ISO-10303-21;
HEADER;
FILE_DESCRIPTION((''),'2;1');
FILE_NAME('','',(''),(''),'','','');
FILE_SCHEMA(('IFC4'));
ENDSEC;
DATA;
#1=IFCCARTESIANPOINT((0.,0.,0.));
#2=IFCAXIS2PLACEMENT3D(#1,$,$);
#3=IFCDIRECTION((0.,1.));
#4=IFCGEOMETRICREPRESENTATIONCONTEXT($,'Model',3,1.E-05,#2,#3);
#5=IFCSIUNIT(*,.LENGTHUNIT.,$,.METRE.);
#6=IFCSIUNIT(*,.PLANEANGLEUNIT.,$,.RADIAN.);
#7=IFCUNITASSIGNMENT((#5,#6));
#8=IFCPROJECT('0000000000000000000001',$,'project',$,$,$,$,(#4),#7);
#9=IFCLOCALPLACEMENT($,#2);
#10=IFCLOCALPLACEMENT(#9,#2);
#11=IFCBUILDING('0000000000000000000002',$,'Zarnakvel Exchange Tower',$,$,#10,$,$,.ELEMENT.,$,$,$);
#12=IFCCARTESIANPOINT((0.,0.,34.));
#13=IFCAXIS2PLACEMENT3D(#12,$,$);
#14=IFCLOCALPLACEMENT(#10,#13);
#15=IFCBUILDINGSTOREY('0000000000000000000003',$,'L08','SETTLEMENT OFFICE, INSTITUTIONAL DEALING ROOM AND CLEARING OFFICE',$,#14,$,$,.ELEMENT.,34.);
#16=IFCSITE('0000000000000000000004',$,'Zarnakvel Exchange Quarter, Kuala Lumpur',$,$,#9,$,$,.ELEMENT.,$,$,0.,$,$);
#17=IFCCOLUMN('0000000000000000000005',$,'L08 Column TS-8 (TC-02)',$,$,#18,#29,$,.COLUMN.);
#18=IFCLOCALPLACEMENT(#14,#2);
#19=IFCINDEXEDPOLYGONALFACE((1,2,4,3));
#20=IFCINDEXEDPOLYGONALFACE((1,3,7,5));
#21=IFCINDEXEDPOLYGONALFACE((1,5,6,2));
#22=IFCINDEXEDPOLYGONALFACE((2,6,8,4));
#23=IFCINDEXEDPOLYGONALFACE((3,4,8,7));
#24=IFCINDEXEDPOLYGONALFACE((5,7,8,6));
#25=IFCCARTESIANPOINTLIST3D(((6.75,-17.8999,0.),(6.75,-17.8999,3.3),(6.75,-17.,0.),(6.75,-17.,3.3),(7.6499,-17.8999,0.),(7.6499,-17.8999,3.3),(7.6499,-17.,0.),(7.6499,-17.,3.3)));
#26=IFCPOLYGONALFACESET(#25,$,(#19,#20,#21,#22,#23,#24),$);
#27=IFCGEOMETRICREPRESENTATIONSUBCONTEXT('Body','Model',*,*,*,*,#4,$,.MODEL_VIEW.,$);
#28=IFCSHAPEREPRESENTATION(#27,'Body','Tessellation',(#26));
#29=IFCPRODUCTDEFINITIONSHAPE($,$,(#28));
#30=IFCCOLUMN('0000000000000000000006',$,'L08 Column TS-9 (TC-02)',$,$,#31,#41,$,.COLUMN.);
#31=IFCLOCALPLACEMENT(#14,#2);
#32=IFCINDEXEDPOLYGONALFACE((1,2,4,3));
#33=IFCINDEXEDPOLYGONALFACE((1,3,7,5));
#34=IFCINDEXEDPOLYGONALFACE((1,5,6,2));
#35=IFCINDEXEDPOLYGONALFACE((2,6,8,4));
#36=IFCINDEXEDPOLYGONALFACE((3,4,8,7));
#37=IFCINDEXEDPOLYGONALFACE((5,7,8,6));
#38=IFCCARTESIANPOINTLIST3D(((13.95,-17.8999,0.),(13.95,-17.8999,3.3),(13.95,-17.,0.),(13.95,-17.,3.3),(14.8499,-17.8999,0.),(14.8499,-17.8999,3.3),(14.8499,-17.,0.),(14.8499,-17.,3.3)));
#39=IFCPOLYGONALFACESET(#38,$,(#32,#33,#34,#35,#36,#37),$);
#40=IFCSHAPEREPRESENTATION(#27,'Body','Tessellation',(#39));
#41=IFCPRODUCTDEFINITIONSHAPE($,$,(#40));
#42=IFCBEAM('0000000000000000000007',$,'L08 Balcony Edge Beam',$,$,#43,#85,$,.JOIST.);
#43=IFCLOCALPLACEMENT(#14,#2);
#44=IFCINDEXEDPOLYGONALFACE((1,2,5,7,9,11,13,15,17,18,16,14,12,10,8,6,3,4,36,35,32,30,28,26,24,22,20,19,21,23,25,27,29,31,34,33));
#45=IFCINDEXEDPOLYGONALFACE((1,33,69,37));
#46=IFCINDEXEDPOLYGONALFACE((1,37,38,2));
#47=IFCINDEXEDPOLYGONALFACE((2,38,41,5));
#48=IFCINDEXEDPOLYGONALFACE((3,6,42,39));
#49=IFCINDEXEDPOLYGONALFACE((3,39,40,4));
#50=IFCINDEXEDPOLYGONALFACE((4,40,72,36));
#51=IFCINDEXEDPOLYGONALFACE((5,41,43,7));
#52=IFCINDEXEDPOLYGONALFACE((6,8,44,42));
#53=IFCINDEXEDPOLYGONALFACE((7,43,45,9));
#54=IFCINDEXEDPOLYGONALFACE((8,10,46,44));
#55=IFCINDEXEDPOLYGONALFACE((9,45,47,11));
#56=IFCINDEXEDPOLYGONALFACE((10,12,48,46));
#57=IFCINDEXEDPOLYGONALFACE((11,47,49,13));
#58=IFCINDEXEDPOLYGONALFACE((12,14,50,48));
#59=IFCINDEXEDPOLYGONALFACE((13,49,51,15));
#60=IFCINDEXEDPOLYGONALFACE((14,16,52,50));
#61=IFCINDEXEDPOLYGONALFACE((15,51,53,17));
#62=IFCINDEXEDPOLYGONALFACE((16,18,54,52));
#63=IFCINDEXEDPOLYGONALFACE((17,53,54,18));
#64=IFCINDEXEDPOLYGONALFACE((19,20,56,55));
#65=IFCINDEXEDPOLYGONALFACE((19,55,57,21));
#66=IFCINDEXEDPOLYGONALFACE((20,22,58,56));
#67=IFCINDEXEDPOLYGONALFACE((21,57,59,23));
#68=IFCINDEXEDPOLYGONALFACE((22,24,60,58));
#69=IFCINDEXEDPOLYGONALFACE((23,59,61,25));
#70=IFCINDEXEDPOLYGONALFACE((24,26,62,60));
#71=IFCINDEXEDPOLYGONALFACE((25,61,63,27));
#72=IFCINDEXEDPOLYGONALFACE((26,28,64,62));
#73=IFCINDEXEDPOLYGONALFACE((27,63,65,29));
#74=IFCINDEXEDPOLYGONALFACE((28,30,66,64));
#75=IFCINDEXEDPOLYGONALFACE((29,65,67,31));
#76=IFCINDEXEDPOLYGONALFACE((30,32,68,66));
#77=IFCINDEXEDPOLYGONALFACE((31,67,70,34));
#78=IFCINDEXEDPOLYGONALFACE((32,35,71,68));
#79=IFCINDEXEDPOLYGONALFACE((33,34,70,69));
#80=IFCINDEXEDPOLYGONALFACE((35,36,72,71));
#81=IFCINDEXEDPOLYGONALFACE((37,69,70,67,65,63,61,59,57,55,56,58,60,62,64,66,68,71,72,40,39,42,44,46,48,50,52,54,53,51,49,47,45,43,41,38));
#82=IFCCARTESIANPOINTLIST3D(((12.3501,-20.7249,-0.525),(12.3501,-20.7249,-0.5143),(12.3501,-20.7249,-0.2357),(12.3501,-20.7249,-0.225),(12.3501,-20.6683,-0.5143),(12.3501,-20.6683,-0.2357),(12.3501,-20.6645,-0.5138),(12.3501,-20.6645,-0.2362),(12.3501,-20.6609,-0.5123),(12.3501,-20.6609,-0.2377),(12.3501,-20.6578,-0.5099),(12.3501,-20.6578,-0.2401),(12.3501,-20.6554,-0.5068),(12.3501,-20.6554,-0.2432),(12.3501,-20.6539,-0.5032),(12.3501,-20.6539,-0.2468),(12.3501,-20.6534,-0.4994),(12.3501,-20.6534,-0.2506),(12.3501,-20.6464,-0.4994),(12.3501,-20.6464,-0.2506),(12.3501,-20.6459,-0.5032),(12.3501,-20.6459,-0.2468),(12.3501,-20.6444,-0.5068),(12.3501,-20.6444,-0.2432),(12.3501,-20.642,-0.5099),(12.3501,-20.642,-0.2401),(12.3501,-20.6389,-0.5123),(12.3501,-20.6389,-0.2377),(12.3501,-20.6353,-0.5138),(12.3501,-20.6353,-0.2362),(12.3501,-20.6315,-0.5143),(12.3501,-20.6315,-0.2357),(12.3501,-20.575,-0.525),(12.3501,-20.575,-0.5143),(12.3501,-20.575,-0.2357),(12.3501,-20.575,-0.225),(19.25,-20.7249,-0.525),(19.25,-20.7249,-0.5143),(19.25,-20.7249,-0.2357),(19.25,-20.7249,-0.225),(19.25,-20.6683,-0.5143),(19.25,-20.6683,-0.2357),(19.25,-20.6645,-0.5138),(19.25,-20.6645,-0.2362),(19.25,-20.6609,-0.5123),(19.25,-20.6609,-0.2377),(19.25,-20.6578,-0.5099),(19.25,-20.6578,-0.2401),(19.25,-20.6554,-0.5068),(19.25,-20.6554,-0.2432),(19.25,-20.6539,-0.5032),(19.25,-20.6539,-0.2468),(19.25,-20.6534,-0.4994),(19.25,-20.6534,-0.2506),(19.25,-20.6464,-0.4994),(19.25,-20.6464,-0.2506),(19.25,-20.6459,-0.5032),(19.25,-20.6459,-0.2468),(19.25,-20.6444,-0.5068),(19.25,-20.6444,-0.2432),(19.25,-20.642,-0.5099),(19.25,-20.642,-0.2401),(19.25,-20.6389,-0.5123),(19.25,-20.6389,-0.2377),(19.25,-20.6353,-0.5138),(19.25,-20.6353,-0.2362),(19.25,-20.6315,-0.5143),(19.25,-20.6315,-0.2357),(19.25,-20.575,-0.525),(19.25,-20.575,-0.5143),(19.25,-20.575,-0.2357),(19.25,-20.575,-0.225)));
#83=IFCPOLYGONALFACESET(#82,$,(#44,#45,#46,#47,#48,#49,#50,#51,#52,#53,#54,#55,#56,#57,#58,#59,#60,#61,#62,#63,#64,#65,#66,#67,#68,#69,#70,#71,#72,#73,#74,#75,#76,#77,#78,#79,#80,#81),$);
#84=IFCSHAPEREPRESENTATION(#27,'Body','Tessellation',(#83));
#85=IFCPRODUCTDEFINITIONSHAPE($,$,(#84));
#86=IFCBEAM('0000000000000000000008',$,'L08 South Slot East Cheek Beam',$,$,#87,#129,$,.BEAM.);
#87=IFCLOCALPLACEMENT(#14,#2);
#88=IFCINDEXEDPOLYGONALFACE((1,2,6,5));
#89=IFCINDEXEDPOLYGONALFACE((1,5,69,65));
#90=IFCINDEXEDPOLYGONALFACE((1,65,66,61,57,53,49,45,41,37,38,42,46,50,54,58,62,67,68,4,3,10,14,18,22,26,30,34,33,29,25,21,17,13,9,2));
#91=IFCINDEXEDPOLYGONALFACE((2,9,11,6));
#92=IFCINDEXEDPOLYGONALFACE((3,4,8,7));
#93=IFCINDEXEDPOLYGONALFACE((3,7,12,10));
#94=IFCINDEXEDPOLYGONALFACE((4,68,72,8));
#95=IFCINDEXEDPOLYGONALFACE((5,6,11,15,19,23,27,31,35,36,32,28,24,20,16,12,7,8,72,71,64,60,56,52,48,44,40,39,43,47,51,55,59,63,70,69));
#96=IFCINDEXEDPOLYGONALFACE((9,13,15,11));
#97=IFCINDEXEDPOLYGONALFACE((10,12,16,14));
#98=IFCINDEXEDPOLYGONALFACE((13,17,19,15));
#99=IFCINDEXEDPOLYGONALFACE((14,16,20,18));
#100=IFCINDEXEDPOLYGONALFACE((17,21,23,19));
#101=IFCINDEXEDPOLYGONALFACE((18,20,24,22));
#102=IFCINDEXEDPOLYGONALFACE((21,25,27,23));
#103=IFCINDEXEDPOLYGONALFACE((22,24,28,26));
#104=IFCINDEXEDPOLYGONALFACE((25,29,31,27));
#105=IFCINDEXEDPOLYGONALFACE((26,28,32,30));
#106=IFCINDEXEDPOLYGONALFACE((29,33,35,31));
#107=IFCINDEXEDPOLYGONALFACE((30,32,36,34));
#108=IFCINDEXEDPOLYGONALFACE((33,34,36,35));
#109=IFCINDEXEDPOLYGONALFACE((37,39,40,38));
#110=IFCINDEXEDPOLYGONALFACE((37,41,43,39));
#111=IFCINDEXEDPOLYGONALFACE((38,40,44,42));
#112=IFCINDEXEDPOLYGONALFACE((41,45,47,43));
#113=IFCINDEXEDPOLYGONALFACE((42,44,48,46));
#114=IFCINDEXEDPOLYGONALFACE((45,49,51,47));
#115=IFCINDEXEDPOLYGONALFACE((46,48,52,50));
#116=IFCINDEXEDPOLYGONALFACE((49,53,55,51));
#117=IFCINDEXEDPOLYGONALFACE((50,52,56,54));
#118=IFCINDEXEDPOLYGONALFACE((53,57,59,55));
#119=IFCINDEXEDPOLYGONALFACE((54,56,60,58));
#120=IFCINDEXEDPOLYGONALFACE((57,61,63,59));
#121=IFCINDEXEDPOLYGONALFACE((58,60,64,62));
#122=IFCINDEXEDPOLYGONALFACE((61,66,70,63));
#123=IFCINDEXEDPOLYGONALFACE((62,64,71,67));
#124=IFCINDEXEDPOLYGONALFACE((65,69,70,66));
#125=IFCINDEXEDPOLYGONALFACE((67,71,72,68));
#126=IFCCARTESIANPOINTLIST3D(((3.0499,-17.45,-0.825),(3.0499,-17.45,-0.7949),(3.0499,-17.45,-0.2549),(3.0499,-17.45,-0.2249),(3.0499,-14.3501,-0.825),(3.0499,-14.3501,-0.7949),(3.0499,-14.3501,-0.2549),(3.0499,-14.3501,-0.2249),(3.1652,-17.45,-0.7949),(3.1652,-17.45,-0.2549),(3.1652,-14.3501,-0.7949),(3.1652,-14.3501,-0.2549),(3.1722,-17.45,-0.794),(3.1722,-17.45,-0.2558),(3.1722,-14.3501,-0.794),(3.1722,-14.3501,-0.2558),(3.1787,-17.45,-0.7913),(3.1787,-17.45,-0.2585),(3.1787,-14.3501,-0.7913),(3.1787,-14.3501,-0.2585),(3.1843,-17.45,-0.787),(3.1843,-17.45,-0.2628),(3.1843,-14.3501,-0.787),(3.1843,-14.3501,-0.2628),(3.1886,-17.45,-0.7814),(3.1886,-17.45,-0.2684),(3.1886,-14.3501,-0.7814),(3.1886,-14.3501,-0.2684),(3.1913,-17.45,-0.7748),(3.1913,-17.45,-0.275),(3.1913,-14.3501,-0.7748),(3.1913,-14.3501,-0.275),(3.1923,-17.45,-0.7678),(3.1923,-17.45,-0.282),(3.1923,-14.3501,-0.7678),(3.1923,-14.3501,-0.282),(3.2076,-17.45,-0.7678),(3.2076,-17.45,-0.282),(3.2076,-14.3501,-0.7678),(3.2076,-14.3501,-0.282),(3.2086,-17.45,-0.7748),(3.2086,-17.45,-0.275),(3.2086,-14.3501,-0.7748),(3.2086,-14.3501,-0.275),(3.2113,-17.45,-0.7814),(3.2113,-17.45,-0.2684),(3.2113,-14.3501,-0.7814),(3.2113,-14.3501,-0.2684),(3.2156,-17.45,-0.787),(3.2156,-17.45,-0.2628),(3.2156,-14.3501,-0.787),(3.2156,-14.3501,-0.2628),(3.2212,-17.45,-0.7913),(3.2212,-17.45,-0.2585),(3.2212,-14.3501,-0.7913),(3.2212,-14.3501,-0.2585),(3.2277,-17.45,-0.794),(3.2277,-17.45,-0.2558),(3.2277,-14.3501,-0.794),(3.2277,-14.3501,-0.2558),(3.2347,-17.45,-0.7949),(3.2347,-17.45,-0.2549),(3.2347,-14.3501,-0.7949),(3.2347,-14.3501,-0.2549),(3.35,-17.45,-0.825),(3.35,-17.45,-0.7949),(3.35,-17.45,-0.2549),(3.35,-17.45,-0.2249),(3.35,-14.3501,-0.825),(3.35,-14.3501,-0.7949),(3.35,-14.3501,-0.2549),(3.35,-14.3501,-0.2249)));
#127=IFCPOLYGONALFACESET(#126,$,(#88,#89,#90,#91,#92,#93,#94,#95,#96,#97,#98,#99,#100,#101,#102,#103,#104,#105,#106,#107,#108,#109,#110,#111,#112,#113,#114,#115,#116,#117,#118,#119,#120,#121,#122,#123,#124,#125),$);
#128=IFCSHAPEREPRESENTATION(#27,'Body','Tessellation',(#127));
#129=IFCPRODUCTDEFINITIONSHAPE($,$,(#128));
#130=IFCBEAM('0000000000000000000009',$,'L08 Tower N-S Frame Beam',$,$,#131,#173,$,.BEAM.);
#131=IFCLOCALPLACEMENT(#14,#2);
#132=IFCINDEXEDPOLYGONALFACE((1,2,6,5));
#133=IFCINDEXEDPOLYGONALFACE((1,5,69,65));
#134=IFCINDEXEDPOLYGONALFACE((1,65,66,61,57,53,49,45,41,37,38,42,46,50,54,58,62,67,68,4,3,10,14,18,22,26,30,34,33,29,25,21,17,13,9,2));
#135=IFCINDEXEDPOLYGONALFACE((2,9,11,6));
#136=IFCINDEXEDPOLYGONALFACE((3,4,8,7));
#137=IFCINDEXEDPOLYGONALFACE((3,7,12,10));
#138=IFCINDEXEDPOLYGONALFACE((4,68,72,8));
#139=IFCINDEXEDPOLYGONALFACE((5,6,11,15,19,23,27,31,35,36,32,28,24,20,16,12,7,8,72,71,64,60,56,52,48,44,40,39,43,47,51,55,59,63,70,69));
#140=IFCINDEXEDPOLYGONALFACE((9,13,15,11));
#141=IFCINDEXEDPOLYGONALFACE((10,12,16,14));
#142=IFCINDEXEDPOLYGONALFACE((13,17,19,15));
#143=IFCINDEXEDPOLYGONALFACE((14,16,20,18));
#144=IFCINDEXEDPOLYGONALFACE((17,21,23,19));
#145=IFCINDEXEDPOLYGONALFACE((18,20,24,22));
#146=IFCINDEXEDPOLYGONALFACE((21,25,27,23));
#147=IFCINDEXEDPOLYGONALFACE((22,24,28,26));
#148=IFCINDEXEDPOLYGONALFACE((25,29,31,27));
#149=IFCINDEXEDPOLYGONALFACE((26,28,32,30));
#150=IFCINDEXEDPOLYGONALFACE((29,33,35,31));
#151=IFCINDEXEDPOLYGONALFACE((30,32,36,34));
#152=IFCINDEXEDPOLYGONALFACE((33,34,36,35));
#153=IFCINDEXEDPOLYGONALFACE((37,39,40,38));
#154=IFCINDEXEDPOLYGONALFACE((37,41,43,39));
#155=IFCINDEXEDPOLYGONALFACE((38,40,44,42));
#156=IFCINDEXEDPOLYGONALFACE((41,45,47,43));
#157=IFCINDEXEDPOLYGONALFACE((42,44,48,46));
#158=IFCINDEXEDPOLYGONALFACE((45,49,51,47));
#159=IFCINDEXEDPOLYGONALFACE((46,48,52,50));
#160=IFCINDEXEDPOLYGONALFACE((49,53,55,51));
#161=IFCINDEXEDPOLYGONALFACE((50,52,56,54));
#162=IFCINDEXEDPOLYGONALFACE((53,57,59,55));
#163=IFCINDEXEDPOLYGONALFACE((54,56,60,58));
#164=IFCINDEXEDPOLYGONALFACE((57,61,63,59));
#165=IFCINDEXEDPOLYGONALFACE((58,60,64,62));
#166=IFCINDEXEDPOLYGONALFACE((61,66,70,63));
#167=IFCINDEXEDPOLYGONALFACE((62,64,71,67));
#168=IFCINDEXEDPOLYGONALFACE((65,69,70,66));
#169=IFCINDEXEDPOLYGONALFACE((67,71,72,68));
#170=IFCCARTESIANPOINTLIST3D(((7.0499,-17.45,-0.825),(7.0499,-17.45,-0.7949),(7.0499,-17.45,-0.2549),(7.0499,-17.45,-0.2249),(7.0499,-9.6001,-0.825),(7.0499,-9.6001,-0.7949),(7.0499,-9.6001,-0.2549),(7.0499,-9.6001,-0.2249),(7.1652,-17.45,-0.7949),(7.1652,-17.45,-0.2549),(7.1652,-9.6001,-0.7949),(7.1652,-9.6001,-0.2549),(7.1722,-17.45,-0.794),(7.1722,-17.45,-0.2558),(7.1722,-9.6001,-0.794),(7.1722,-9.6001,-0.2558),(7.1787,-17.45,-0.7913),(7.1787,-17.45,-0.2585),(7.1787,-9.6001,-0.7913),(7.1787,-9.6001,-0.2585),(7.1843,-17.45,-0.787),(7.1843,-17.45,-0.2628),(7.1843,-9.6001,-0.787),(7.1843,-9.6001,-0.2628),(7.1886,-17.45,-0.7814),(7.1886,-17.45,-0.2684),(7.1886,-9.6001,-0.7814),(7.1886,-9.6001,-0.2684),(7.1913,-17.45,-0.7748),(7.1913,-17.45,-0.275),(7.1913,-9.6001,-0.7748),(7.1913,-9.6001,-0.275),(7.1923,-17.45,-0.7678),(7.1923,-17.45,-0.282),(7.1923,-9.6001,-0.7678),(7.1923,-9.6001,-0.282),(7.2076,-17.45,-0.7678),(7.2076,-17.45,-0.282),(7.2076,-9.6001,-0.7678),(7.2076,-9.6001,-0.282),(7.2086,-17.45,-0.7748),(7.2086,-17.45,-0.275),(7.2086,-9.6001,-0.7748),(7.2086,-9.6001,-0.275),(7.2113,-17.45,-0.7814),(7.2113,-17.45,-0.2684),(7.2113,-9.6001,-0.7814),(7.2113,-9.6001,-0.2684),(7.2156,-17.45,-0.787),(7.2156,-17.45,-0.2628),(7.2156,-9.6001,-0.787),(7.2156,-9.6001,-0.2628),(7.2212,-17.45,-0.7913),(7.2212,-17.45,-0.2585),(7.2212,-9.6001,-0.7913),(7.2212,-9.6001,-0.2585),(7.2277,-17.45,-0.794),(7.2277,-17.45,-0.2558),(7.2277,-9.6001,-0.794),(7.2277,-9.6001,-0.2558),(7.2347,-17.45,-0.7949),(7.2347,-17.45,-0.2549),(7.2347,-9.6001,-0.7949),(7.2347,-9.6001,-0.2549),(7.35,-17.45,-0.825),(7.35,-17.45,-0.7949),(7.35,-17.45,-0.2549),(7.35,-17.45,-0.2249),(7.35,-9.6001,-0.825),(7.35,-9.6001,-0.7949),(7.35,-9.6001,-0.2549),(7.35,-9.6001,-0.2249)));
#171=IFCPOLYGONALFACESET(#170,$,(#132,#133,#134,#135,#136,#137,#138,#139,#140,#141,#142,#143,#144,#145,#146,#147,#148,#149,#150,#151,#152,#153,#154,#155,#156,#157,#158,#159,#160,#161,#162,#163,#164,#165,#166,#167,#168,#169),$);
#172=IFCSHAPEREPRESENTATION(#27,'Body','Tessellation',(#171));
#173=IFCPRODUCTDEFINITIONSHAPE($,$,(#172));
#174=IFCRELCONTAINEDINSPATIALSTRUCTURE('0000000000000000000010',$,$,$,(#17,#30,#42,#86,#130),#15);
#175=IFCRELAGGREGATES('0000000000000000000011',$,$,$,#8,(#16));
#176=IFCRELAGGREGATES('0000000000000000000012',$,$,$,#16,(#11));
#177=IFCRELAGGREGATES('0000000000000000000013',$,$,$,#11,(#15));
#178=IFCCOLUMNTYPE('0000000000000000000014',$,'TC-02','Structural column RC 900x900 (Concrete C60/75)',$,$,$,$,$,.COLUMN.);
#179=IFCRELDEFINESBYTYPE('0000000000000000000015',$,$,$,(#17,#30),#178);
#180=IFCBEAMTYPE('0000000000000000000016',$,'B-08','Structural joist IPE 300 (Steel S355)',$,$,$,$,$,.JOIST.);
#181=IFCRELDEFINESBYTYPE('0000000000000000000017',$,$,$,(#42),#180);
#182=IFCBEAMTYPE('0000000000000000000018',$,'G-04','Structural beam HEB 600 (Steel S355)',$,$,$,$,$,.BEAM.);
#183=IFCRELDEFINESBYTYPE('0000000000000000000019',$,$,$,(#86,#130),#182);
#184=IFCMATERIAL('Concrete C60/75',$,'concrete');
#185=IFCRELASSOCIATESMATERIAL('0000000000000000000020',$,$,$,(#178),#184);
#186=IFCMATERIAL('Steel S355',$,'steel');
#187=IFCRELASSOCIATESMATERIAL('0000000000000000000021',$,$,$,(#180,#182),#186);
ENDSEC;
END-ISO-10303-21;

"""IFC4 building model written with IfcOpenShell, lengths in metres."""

from ifc_helpers import new_model, si_unit, direction, frame, origin, origin_2d, place, context, subcontext, project, spatial, rectangle, i_section, extrude, material, material_profile, profile_set, type_object, element, save


model = new_model("IFC4")

# Units and contexts
model_context = context("Model", 3, precision=1e-05, world=origin(), true_north=direction((0.0, 1.0)))
body_context = subcontext(model_context, "Body", "Model", "MODEL_VIEW")
ifc_project = project(units=[si_unit("LENGTHUNIT", "METRE"), si_unit("PLANEANGLEUNIT", "RADIAN")], contexts=[model_context])

# Site, building, storey
site_placement = place(None, origin())
site = spatial("IfcSite", under=ifc_project, at=site_placement, Name="Zarnakvel Exchange Quarter, Kuala Lumpur", CompositionType="ELEMENT", RefElevation=0.0)
building_placement = place(site_placement, origin())
building = spatial("IfcBuilding", under=site, at=building_placement, Name="Zarnakvel Exchange Tower", CompositionType="ELEMENT")
storey_placement = place(building_placement, frame((0.0, 0.0, 34.0)))
storey = spatial("IfcBuildingStorey", under=building, at=storey_placement, Name="L08", Description="SETTLEMENT OFFICE, INSTITUTIONAL DEALING ROOM AND CLEARING OFFICE", CompositionType="ELEMENT", Elevation=34.0)

# Columns
ifc_material_1 = material(Name="Concrete C60/75", Category="concrete")
ifc_material_profile_1 = material_profile(ifc_material_1, rectangle(XDim=0.8999, YDim=0.8999, at=origin_2d()))
ifc_profile_set_1 = profile_set([ifc_material_profile_1], Name="Concrete C60/75")
column_type = type_object("IfcColumnType", Name="TC-02", Description="Structural column RC 900x900 (Concrete C60/75)", PredefinedType="COLUMN", material=ifc_profile_set_1)
for number, where, z_axis, x_axis, name in (
    (1, (7.2, -17.45, 0.0), (0.0, 0.0, 1.0), (1.0, 0.0, 0.0), "L08 Column TS-8 (TC-02)"),
    (2, (14.3999, -17.45, 0.0), (0.0, 0.0, 1.0), (1.0, 0.0, 0.0), "L08 Column TS-9 (TC-02)"),
):
    element("IfcColumn", number, at=place(storey_placement, frame(where, z_axis=z_axis, x_axis=x_axis)), inside=storey, type_object=column_type, Name=name, PredefinedType="COLUMN", context=body_context, shape_type="SweptSolid", body=[
        extrude(rectangle(XDim=0.8999, YDim=0.8999, at=origin_2d()), origin(), (0.0, 0.0, 1.0), 3.3),
    ])

# Beams
ifc_material_2 = material(Name="Steel S355", Category="steel")
ifc_material_profile_2 = material_profile(ifc_material_2, i_section(OverallWidth=0.1499, OverallDepth=0.3, WebThickness=0.0071, FlangeThickness=0.0107, FilletRadius=0.0149, at=origin_2d()))
ifc_profile_set_2 = profile_set([ifc_material_profile_2], Name="Steel S355")
beam_type_1 = type_object("IfcBeamType", Name="B-08", Description="Structural joist IPE 300 (Steel S355)", PredefinedType="JOIST", material=ifc_profile_set_2)
beam_1_placement = place(storey_placement, frame((12.3501, -20.6499, -0.375), z_axis=(1.0, 0.0, 0.0), x_axis=(0.0, 1.0, 0.0)))
element("IfcBeam", 3, at=beam_1_placement, inside=storey, type_object=beam_type_1, Name="L08 Balcony Edge Beam", PredefinedType="JOIST", context=body_context, shape_type="SweptSolid", body=[
    extrude(i_section(OverallWidth=0.1499, OverallDepth=0.3, WebThickness=0.0071, FlangeThickness=0.0107, FilletRadius=0.0149, at=origin_2d()), origin(), (0.0, 0.0, 1.0), 6.8999),
])
ifc_material_profile_3 = material_profile(ifc_material_2, i_section(OverallWidth=0.3, OverallDepth=0.6001, WebThickness=0.0154, FlangeThickness=0.03, FilletRadius=0.0271, at=origin_2d()))
ifc_profile_set_3 = profile_set([ifc_material_profile_3], Name="Steel S355")
beam_type_2 = type_object("IfcBeamType", Name="G-04", Description="Structural beam HEB 600 (Steel S355)", PredefinedType="BEAM", material=ifc_profile_set_3)
beam_2_placement = place(storey_placement, frame((3.2, -17.45, -0.5249), z_axis=(0.0, 1.0, 0.0), x_axis=(-1.0, 0.0, 0.0)))
element("IfcBeam", 4, at=beam_2_placement, inside=storey, type_object=beam_type_2, Name="L08 South Slot East Cheek Beam", PredefinedType="BEAM", context=body_context, shape_type="SweptSolid", body=[
    extrude(i_section(OverallWidth=0.3, OverallDepth=0.6001, WebThickness=0.0154, FlangeThickness=0.03, FilletRadius=0.0271, at=origin_2d()), origin(), (0.0, 0.0, 1.0), 3.0999),
])
for number, where, z_axis, x_axis, name in (
    (5, (7.2, -17.45, -0.5249), (0.0, 1.0, 0.0), (-1.0, 0.0, 0.0), "L08 Tower N-S Frame Beam"),
):
    element("IfcBeam", number, at=place(storey_placement, frame(where, z_axis=z_axis, x_axis=x_axis)), inside=storey, type_object=beam_type_2, Name=name, PredefinedType="BEAM", context=body_context, shape_type="SweptSolid", body=[
        extrude(i_section(OverallWidth=0.3, OverallDepth=0.6001, WebThickness=0.0154, FlangeThickness=0.03, FilletRadius=0.0271, at=origin_2d()), origin(), (0.0, 0.0, 1.0), 7.8499),
    ])

save(model, "model.ifc")
